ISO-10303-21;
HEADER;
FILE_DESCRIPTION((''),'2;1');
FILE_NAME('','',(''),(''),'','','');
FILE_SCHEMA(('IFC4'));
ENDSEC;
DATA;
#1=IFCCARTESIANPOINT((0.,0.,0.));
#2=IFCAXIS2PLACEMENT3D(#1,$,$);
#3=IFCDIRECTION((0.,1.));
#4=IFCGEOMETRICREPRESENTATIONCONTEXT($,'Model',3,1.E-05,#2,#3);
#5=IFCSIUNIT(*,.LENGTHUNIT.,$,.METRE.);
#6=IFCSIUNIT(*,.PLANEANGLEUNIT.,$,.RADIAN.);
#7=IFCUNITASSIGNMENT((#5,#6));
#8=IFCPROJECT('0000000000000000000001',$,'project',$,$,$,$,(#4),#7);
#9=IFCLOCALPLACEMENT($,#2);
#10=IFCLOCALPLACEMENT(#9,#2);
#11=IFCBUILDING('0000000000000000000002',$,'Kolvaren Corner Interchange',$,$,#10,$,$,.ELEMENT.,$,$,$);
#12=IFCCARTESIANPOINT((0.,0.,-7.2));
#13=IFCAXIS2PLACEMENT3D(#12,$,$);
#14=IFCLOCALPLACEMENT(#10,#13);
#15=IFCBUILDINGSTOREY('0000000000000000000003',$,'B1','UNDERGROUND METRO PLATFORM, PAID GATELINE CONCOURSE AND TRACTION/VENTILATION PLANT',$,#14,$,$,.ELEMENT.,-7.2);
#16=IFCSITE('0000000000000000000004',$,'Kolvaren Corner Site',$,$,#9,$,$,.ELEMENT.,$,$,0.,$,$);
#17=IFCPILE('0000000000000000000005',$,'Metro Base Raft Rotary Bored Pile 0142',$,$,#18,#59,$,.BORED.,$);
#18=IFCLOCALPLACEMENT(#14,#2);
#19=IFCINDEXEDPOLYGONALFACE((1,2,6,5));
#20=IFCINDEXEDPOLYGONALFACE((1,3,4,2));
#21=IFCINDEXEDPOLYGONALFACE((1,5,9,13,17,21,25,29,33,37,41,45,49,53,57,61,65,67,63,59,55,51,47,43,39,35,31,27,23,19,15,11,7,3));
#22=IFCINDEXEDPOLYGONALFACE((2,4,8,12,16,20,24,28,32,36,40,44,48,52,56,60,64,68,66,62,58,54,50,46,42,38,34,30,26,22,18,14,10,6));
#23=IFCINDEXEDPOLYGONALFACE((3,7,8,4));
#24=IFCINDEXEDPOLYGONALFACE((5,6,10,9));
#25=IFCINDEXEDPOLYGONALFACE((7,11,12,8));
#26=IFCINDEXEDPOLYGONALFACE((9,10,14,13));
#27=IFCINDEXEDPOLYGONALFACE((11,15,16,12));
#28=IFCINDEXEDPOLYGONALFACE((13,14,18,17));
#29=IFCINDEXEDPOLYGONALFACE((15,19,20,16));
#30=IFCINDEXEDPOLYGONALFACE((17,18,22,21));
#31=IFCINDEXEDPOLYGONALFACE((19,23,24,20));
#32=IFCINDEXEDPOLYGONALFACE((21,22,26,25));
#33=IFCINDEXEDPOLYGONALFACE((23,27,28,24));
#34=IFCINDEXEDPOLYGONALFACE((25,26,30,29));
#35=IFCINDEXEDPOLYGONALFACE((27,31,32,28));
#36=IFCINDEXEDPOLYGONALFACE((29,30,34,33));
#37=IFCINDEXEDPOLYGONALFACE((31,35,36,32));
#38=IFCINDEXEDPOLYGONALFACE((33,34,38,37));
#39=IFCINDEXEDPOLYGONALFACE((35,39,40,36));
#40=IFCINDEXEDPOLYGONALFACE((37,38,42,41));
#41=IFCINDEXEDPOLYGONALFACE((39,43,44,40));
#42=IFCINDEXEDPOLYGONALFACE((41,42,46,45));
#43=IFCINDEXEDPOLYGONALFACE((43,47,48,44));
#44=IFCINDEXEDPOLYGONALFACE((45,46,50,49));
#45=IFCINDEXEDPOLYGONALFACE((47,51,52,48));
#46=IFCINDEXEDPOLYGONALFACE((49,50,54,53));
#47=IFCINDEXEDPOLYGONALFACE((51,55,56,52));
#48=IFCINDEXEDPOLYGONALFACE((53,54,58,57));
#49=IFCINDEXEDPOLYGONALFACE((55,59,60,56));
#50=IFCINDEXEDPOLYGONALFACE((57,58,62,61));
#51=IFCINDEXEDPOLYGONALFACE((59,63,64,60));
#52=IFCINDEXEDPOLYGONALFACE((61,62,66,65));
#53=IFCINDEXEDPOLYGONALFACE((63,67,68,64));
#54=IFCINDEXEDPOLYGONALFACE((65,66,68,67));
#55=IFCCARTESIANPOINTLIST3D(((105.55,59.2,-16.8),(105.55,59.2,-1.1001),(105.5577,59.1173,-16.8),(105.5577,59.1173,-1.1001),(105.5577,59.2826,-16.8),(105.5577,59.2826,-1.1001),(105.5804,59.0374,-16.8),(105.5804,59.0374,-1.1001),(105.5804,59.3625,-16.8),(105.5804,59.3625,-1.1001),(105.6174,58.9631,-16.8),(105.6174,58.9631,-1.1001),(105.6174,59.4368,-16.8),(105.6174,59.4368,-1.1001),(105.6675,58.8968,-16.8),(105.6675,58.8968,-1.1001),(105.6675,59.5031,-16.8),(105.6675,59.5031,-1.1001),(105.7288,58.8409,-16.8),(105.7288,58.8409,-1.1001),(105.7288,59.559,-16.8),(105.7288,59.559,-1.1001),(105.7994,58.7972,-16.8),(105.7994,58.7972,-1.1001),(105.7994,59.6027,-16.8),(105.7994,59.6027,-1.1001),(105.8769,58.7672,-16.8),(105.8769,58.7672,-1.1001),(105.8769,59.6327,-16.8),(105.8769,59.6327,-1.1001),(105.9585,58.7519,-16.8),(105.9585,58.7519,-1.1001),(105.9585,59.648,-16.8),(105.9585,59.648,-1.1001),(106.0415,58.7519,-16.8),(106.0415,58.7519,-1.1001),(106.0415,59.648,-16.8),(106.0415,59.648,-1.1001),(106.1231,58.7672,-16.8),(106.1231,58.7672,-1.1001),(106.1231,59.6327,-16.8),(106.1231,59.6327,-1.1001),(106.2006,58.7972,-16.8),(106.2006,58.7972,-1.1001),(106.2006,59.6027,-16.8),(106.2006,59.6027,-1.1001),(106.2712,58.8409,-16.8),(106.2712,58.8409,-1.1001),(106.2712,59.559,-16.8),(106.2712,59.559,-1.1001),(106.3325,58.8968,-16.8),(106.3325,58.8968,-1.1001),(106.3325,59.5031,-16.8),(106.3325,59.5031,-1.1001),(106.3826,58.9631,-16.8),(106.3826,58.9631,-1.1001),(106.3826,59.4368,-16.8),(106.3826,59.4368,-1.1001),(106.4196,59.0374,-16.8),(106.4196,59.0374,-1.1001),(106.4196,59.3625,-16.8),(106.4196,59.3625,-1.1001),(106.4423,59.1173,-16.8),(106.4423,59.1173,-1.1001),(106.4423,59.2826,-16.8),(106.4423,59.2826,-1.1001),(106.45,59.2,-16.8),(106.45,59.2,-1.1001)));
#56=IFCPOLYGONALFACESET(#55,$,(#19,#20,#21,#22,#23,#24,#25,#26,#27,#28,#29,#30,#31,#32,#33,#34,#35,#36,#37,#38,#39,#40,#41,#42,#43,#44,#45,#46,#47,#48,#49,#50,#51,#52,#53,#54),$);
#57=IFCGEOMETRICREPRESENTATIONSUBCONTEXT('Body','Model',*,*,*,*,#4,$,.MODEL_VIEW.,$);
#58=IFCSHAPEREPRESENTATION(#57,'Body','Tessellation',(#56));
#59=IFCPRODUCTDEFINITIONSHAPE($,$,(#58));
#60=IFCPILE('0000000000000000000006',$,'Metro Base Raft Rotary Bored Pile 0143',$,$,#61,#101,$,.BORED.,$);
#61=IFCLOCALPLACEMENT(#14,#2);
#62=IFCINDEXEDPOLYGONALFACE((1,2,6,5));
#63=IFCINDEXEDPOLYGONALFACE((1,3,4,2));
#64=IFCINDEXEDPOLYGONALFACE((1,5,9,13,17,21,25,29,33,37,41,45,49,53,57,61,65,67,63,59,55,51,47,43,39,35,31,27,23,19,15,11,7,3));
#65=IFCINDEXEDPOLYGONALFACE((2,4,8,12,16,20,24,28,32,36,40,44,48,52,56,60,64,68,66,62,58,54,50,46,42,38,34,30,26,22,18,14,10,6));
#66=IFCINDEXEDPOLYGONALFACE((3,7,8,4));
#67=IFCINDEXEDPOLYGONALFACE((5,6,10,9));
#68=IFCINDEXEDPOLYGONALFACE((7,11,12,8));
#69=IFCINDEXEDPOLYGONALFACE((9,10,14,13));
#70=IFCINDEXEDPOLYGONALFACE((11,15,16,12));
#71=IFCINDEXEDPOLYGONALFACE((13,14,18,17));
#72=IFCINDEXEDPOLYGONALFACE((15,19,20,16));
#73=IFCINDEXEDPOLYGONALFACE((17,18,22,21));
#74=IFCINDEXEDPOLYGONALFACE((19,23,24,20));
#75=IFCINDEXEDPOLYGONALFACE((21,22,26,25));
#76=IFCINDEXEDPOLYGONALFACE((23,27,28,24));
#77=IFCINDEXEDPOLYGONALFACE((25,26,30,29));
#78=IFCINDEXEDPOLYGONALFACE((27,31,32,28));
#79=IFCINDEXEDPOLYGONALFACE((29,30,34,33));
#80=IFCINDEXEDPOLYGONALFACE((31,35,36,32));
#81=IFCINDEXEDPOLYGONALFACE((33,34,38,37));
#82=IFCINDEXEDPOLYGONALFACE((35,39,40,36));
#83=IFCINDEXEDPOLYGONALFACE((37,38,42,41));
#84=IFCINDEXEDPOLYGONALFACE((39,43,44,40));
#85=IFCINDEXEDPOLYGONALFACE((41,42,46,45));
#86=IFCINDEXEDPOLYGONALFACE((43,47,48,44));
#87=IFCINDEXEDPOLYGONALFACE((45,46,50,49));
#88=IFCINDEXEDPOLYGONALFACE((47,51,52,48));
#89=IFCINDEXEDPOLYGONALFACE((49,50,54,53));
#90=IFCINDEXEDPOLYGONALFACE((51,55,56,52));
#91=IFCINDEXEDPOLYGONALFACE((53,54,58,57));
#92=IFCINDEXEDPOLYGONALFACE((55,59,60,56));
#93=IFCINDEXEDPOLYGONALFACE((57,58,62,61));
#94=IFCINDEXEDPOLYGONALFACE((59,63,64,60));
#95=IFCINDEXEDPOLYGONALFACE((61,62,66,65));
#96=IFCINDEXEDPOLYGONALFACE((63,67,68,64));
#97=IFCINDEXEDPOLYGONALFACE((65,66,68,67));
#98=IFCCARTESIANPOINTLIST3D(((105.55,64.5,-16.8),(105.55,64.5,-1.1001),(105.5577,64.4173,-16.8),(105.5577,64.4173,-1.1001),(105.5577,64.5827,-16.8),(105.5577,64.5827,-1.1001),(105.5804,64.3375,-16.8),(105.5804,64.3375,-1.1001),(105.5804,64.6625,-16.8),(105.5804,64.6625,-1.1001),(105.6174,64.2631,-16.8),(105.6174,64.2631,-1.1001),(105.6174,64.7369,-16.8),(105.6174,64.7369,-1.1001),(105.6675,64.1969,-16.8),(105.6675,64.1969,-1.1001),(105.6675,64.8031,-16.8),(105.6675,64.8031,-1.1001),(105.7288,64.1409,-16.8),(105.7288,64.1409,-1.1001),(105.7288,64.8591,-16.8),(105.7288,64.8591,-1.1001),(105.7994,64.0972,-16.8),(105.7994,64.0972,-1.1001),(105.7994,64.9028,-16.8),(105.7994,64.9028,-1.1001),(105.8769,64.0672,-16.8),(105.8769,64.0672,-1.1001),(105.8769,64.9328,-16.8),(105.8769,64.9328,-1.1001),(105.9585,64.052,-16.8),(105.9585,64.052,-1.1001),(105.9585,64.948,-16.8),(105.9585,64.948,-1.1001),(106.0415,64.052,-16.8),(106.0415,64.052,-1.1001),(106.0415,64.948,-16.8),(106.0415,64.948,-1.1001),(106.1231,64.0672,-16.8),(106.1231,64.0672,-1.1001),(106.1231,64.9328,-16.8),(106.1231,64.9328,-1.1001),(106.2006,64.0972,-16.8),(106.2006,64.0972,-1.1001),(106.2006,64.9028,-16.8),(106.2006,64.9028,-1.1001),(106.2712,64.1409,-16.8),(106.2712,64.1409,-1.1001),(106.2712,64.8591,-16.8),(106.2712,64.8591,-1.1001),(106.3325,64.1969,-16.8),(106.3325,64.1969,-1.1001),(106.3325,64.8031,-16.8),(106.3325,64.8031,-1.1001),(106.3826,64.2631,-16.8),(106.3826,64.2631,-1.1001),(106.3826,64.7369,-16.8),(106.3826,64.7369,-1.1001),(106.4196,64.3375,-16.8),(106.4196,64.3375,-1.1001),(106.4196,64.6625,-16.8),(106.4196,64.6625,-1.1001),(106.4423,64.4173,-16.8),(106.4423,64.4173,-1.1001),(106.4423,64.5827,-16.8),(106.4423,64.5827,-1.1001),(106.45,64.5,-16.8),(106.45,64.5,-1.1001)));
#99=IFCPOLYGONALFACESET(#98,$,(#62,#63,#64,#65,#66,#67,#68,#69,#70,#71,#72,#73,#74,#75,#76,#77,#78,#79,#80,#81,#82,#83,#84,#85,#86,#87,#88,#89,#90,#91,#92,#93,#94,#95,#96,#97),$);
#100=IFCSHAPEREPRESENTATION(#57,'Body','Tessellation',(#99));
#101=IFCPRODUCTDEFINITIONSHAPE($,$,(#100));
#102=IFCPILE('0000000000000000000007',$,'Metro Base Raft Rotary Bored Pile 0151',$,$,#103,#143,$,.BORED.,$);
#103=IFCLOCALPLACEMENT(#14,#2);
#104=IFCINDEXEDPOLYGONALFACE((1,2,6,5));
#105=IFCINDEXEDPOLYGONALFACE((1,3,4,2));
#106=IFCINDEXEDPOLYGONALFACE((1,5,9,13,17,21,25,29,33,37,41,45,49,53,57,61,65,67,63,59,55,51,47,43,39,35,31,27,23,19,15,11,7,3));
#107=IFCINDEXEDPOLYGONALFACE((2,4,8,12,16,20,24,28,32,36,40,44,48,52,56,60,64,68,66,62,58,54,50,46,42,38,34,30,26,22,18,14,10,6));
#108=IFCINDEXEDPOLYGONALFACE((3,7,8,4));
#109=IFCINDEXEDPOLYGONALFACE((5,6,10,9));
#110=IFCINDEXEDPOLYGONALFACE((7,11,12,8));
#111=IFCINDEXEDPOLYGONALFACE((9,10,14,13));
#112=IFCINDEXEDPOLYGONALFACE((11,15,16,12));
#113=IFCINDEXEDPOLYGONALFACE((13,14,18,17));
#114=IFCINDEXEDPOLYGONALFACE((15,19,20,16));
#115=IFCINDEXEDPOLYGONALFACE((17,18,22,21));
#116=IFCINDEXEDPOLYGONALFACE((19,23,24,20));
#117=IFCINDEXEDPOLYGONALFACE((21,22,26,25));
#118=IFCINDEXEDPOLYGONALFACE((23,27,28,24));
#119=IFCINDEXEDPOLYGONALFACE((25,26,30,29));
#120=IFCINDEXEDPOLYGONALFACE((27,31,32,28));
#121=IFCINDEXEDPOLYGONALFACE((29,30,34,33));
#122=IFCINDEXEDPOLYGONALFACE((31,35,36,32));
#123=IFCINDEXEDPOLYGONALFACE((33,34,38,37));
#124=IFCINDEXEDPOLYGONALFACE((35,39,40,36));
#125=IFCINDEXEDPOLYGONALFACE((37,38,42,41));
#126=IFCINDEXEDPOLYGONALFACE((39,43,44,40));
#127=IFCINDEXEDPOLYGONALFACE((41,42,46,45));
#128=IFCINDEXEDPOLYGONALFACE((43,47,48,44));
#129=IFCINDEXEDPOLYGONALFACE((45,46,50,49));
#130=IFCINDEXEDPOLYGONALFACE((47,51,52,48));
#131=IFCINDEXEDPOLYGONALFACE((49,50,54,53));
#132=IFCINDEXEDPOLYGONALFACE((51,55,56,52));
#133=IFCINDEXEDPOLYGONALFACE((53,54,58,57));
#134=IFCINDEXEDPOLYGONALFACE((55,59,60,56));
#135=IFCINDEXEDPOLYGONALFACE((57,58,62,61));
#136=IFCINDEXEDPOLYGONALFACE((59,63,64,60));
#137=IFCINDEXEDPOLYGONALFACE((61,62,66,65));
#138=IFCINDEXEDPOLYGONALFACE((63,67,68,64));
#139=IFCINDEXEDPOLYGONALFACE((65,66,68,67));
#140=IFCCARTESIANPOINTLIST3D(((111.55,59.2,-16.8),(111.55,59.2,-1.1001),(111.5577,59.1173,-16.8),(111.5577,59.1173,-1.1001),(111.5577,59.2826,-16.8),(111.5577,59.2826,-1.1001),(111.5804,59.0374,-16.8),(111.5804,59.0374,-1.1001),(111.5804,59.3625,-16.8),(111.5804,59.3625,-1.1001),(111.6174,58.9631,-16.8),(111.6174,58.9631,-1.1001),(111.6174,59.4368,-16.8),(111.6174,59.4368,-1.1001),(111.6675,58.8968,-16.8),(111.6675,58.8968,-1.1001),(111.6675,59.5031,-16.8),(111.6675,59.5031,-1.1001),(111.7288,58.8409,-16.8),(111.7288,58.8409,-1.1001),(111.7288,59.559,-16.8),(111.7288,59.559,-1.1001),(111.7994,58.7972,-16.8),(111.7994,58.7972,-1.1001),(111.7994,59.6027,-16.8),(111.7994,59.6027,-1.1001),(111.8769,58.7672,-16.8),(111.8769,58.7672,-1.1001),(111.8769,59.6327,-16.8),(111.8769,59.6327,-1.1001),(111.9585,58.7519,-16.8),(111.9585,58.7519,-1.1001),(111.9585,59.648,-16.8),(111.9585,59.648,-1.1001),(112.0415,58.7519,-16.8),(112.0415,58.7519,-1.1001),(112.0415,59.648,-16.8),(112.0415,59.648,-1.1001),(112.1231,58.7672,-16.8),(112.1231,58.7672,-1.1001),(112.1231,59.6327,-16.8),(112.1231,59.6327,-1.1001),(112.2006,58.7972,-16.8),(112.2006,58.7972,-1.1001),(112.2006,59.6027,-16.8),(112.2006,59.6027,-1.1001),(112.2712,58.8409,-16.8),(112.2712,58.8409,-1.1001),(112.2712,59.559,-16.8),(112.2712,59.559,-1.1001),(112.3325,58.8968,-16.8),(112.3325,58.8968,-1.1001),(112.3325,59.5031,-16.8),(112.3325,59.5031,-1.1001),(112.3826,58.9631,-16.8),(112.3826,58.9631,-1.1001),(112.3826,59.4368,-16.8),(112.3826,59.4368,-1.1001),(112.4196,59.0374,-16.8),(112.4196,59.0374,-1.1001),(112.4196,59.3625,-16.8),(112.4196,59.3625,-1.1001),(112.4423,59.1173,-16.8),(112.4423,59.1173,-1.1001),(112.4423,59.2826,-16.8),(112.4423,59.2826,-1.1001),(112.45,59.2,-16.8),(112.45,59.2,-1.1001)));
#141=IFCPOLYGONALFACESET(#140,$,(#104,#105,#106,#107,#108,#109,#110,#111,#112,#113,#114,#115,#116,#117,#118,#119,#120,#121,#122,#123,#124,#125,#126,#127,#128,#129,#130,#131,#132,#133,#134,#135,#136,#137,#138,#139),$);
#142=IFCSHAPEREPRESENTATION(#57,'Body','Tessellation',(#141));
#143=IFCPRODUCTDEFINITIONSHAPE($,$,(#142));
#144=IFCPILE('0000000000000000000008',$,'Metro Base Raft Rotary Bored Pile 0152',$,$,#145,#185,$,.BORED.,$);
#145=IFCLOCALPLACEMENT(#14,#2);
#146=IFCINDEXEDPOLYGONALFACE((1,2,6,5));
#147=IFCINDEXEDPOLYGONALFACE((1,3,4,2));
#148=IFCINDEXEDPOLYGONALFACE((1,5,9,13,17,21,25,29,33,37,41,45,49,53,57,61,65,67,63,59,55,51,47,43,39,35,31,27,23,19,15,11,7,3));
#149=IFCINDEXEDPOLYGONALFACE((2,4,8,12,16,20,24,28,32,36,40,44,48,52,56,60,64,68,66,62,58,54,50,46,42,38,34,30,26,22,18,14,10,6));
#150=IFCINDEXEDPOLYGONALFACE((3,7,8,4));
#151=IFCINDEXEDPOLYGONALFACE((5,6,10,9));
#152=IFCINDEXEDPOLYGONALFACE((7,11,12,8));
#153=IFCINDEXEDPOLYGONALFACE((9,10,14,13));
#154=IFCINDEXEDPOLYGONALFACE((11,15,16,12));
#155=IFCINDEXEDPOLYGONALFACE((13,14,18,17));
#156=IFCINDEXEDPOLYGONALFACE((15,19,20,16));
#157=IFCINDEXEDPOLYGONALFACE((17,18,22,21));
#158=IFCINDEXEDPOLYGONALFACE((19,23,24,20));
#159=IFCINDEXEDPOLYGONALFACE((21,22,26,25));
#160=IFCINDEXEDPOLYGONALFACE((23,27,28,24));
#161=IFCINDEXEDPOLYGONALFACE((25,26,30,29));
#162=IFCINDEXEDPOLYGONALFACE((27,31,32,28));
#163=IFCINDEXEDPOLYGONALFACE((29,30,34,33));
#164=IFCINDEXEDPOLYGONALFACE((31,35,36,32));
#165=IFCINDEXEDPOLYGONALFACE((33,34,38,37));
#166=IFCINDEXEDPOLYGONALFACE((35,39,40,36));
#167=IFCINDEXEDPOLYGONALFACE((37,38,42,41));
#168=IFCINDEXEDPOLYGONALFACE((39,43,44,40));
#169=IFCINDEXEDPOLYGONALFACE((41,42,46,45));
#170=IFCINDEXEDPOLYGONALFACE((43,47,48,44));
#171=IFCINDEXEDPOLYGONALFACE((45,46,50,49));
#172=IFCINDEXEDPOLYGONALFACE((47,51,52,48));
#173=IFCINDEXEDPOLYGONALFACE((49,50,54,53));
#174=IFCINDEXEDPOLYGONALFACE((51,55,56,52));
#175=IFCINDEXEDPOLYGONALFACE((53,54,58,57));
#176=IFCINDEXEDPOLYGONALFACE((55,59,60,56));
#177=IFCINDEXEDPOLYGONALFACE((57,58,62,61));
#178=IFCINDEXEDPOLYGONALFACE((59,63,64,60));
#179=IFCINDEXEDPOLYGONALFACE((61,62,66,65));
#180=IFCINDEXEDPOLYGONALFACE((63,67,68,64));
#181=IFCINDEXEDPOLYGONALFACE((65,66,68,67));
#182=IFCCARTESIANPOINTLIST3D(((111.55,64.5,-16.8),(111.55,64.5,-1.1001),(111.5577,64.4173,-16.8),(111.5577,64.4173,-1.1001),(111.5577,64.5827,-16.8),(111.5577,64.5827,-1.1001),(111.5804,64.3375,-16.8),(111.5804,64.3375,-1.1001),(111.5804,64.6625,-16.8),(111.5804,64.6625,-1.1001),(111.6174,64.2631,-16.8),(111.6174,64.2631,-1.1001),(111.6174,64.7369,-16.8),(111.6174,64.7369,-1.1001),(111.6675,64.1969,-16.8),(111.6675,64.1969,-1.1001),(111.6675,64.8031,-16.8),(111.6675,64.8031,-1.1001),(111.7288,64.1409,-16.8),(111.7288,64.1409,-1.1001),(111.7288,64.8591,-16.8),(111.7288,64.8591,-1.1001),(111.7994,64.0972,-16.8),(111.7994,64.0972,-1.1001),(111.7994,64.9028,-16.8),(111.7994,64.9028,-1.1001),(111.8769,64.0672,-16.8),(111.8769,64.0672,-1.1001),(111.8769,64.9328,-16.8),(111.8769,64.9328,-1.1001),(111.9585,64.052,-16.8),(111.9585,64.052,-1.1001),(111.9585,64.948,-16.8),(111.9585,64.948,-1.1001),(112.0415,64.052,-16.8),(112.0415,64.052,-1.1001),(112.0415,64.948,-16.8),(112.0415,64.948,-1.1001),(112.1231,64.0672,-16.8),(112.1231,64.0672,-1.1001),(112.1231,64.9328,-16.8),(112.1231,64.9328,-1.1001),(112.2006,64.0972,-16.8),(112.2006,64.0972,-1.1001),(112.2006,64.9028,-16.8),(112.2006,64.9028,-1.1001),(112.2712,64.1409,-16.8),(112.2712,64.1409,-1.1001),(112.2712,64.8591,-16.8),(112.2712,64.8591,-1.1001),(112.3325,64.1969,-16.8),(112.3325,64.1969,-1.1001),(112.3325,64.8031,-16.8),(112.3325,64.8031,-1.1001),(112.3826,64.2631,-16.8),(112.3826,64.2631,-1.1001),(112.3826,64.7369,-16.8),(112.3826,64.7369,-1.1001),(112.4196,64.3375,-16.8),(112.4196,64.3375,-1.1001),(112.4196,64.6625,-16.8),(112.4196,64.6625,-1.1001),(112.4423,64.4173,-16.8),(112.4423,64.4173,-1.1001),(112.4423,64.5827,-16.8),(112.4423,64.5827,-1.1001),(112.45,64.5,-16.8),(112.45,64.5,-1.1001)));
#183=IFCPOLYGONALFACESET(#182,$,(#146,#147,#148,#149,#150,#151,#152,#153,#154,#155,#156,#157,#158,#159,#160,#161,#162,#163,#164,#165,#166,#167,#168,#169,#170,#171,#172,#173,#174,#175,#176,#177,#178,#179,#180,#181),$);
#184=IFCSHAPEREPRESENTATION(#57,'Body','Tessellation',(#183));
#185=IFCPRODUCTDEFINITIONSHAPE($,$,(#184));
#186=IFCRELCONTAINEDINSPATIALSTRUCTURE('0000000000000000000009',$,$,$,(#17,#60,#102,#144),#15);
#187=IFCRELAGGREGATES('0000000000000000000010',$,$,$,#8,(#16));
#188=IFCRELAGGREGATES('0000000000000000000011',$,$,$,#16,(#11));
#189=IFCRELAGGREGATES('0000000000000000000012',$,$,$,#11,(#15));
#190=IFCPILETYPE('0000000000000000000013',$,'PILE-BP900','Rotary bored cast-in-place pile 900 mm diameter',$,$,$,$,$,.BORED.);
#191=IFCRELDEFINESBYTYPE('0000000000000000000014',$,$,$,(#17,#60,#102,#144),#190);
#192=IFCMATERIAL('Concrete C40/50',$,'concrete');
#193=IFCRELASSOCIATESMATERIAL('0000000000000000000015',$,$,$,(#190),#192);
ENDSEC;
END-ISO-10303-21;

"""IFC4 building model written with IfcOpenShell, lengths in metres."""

from ifc_helpers import new_model, si_unit, direction, frame, origin, origin_2d, place, context, subcontext, project, spatial, circle, extrude, material, material_profile, profile_set, type_object, element, save


model = new_model("IFC4")

# Units and contexts
model_context = context("Model", 3, precision=1e-05, world=origin(), true_north=direction((0.0, 1.0)))
body_context = subcontext(model_context, "Body", "Model", "MODEL_VIEW")
ifc_project = project(units=[si_unit("LENGTHUNIT", "METRE"), si_unit("PLANEANGLEUNIT", "RADIAN")], contexts=[model_context])

# Site, building, storey
site_placement = place(None, origin())
site = spatial("IfcSite", under=ifc_project, at=site_placement, Name="Kolvaren Corner Site", CompositionType="ELEMENT", RefElevation=0.0)
building_placement = place(site_placement, origin())
building = spatial("IfcBuilding", under=site, at=building_placement, Name="Kolvaren Corner Interchange", CompositionType="ELEMENT")
storey_placement = place(building_placement, frame((0.0, 0.0, -7.2)))
storey = spatial("IfcBuildingStorey", under=building, at=storey_placement, Name="B1", Description="UNDERGROUND METRO PLATFORM, PAID GATELINE CONCOURSE AND TRACTION/VENTILATION PLANT", CompositionType="ELEMENT", Elevation=-7.2)

# Piles
ifc_material_1 = material(Name="Concrete C40/50", Category="concrete")
ifc_material_profile_1 = material_profile(ifc_material_1, circle(Radius=0.45, at=origin_2d()), Name="BORED PILE 900")
ifc_profile_set_1 = profile_set([ifc_material_profile_1], Name="Concrete C40/50")
pile_type = type_object("IfcPileType", Name="PILE-BP900", Description="Rotary bored cast-in-place pile 900 mm diameter", PredefinedType="BORED", material=ifc_profile_set_1)
for number, where, z_axis, x_axis, name in (
    (1, (106.0, 59.2, -1.1001), (0.0, 0.0, -1.0), (1.0, 0.0, 0.0), "Metro Base Raft Rotary Bored Pile 0142"),
    (2, (106.0, 64.5, -1.1001), (0.0, 0.0, -1.0), (1.0, 0.0, 0.0), "Metro Base Raft Rotary Bored Pile 0143"),
    (3, (112.0, 59.2, -1.1001), (0.0, 0.0, -1.0), (1.0, 0.0, 0.0), "Metro Base Raft Rotary Bored Pile 0151"),
    (4, (112.0, 64.5, -1.1001), (0.0, 0.0, -1.0), (1.0, 0.0, 0.0), "Metro Base Raft Rotary Bored Pile 0152"),
):
    element("IfcPile", number, at=place(storey_placement, frame(where, z_axis=z_axis, x_axis=x_axis)), inside=storey, type_object=pile_type, Name=name, PredefinedType="BORED", context=body_context, shape_type="SweptSolid", body=[
        extrude(circle(Radius=0.45, at=origin_2d()), origin(), (0.0, 0.0, 1.0), 15.7),
    ])

save(model, "model.ifc")
